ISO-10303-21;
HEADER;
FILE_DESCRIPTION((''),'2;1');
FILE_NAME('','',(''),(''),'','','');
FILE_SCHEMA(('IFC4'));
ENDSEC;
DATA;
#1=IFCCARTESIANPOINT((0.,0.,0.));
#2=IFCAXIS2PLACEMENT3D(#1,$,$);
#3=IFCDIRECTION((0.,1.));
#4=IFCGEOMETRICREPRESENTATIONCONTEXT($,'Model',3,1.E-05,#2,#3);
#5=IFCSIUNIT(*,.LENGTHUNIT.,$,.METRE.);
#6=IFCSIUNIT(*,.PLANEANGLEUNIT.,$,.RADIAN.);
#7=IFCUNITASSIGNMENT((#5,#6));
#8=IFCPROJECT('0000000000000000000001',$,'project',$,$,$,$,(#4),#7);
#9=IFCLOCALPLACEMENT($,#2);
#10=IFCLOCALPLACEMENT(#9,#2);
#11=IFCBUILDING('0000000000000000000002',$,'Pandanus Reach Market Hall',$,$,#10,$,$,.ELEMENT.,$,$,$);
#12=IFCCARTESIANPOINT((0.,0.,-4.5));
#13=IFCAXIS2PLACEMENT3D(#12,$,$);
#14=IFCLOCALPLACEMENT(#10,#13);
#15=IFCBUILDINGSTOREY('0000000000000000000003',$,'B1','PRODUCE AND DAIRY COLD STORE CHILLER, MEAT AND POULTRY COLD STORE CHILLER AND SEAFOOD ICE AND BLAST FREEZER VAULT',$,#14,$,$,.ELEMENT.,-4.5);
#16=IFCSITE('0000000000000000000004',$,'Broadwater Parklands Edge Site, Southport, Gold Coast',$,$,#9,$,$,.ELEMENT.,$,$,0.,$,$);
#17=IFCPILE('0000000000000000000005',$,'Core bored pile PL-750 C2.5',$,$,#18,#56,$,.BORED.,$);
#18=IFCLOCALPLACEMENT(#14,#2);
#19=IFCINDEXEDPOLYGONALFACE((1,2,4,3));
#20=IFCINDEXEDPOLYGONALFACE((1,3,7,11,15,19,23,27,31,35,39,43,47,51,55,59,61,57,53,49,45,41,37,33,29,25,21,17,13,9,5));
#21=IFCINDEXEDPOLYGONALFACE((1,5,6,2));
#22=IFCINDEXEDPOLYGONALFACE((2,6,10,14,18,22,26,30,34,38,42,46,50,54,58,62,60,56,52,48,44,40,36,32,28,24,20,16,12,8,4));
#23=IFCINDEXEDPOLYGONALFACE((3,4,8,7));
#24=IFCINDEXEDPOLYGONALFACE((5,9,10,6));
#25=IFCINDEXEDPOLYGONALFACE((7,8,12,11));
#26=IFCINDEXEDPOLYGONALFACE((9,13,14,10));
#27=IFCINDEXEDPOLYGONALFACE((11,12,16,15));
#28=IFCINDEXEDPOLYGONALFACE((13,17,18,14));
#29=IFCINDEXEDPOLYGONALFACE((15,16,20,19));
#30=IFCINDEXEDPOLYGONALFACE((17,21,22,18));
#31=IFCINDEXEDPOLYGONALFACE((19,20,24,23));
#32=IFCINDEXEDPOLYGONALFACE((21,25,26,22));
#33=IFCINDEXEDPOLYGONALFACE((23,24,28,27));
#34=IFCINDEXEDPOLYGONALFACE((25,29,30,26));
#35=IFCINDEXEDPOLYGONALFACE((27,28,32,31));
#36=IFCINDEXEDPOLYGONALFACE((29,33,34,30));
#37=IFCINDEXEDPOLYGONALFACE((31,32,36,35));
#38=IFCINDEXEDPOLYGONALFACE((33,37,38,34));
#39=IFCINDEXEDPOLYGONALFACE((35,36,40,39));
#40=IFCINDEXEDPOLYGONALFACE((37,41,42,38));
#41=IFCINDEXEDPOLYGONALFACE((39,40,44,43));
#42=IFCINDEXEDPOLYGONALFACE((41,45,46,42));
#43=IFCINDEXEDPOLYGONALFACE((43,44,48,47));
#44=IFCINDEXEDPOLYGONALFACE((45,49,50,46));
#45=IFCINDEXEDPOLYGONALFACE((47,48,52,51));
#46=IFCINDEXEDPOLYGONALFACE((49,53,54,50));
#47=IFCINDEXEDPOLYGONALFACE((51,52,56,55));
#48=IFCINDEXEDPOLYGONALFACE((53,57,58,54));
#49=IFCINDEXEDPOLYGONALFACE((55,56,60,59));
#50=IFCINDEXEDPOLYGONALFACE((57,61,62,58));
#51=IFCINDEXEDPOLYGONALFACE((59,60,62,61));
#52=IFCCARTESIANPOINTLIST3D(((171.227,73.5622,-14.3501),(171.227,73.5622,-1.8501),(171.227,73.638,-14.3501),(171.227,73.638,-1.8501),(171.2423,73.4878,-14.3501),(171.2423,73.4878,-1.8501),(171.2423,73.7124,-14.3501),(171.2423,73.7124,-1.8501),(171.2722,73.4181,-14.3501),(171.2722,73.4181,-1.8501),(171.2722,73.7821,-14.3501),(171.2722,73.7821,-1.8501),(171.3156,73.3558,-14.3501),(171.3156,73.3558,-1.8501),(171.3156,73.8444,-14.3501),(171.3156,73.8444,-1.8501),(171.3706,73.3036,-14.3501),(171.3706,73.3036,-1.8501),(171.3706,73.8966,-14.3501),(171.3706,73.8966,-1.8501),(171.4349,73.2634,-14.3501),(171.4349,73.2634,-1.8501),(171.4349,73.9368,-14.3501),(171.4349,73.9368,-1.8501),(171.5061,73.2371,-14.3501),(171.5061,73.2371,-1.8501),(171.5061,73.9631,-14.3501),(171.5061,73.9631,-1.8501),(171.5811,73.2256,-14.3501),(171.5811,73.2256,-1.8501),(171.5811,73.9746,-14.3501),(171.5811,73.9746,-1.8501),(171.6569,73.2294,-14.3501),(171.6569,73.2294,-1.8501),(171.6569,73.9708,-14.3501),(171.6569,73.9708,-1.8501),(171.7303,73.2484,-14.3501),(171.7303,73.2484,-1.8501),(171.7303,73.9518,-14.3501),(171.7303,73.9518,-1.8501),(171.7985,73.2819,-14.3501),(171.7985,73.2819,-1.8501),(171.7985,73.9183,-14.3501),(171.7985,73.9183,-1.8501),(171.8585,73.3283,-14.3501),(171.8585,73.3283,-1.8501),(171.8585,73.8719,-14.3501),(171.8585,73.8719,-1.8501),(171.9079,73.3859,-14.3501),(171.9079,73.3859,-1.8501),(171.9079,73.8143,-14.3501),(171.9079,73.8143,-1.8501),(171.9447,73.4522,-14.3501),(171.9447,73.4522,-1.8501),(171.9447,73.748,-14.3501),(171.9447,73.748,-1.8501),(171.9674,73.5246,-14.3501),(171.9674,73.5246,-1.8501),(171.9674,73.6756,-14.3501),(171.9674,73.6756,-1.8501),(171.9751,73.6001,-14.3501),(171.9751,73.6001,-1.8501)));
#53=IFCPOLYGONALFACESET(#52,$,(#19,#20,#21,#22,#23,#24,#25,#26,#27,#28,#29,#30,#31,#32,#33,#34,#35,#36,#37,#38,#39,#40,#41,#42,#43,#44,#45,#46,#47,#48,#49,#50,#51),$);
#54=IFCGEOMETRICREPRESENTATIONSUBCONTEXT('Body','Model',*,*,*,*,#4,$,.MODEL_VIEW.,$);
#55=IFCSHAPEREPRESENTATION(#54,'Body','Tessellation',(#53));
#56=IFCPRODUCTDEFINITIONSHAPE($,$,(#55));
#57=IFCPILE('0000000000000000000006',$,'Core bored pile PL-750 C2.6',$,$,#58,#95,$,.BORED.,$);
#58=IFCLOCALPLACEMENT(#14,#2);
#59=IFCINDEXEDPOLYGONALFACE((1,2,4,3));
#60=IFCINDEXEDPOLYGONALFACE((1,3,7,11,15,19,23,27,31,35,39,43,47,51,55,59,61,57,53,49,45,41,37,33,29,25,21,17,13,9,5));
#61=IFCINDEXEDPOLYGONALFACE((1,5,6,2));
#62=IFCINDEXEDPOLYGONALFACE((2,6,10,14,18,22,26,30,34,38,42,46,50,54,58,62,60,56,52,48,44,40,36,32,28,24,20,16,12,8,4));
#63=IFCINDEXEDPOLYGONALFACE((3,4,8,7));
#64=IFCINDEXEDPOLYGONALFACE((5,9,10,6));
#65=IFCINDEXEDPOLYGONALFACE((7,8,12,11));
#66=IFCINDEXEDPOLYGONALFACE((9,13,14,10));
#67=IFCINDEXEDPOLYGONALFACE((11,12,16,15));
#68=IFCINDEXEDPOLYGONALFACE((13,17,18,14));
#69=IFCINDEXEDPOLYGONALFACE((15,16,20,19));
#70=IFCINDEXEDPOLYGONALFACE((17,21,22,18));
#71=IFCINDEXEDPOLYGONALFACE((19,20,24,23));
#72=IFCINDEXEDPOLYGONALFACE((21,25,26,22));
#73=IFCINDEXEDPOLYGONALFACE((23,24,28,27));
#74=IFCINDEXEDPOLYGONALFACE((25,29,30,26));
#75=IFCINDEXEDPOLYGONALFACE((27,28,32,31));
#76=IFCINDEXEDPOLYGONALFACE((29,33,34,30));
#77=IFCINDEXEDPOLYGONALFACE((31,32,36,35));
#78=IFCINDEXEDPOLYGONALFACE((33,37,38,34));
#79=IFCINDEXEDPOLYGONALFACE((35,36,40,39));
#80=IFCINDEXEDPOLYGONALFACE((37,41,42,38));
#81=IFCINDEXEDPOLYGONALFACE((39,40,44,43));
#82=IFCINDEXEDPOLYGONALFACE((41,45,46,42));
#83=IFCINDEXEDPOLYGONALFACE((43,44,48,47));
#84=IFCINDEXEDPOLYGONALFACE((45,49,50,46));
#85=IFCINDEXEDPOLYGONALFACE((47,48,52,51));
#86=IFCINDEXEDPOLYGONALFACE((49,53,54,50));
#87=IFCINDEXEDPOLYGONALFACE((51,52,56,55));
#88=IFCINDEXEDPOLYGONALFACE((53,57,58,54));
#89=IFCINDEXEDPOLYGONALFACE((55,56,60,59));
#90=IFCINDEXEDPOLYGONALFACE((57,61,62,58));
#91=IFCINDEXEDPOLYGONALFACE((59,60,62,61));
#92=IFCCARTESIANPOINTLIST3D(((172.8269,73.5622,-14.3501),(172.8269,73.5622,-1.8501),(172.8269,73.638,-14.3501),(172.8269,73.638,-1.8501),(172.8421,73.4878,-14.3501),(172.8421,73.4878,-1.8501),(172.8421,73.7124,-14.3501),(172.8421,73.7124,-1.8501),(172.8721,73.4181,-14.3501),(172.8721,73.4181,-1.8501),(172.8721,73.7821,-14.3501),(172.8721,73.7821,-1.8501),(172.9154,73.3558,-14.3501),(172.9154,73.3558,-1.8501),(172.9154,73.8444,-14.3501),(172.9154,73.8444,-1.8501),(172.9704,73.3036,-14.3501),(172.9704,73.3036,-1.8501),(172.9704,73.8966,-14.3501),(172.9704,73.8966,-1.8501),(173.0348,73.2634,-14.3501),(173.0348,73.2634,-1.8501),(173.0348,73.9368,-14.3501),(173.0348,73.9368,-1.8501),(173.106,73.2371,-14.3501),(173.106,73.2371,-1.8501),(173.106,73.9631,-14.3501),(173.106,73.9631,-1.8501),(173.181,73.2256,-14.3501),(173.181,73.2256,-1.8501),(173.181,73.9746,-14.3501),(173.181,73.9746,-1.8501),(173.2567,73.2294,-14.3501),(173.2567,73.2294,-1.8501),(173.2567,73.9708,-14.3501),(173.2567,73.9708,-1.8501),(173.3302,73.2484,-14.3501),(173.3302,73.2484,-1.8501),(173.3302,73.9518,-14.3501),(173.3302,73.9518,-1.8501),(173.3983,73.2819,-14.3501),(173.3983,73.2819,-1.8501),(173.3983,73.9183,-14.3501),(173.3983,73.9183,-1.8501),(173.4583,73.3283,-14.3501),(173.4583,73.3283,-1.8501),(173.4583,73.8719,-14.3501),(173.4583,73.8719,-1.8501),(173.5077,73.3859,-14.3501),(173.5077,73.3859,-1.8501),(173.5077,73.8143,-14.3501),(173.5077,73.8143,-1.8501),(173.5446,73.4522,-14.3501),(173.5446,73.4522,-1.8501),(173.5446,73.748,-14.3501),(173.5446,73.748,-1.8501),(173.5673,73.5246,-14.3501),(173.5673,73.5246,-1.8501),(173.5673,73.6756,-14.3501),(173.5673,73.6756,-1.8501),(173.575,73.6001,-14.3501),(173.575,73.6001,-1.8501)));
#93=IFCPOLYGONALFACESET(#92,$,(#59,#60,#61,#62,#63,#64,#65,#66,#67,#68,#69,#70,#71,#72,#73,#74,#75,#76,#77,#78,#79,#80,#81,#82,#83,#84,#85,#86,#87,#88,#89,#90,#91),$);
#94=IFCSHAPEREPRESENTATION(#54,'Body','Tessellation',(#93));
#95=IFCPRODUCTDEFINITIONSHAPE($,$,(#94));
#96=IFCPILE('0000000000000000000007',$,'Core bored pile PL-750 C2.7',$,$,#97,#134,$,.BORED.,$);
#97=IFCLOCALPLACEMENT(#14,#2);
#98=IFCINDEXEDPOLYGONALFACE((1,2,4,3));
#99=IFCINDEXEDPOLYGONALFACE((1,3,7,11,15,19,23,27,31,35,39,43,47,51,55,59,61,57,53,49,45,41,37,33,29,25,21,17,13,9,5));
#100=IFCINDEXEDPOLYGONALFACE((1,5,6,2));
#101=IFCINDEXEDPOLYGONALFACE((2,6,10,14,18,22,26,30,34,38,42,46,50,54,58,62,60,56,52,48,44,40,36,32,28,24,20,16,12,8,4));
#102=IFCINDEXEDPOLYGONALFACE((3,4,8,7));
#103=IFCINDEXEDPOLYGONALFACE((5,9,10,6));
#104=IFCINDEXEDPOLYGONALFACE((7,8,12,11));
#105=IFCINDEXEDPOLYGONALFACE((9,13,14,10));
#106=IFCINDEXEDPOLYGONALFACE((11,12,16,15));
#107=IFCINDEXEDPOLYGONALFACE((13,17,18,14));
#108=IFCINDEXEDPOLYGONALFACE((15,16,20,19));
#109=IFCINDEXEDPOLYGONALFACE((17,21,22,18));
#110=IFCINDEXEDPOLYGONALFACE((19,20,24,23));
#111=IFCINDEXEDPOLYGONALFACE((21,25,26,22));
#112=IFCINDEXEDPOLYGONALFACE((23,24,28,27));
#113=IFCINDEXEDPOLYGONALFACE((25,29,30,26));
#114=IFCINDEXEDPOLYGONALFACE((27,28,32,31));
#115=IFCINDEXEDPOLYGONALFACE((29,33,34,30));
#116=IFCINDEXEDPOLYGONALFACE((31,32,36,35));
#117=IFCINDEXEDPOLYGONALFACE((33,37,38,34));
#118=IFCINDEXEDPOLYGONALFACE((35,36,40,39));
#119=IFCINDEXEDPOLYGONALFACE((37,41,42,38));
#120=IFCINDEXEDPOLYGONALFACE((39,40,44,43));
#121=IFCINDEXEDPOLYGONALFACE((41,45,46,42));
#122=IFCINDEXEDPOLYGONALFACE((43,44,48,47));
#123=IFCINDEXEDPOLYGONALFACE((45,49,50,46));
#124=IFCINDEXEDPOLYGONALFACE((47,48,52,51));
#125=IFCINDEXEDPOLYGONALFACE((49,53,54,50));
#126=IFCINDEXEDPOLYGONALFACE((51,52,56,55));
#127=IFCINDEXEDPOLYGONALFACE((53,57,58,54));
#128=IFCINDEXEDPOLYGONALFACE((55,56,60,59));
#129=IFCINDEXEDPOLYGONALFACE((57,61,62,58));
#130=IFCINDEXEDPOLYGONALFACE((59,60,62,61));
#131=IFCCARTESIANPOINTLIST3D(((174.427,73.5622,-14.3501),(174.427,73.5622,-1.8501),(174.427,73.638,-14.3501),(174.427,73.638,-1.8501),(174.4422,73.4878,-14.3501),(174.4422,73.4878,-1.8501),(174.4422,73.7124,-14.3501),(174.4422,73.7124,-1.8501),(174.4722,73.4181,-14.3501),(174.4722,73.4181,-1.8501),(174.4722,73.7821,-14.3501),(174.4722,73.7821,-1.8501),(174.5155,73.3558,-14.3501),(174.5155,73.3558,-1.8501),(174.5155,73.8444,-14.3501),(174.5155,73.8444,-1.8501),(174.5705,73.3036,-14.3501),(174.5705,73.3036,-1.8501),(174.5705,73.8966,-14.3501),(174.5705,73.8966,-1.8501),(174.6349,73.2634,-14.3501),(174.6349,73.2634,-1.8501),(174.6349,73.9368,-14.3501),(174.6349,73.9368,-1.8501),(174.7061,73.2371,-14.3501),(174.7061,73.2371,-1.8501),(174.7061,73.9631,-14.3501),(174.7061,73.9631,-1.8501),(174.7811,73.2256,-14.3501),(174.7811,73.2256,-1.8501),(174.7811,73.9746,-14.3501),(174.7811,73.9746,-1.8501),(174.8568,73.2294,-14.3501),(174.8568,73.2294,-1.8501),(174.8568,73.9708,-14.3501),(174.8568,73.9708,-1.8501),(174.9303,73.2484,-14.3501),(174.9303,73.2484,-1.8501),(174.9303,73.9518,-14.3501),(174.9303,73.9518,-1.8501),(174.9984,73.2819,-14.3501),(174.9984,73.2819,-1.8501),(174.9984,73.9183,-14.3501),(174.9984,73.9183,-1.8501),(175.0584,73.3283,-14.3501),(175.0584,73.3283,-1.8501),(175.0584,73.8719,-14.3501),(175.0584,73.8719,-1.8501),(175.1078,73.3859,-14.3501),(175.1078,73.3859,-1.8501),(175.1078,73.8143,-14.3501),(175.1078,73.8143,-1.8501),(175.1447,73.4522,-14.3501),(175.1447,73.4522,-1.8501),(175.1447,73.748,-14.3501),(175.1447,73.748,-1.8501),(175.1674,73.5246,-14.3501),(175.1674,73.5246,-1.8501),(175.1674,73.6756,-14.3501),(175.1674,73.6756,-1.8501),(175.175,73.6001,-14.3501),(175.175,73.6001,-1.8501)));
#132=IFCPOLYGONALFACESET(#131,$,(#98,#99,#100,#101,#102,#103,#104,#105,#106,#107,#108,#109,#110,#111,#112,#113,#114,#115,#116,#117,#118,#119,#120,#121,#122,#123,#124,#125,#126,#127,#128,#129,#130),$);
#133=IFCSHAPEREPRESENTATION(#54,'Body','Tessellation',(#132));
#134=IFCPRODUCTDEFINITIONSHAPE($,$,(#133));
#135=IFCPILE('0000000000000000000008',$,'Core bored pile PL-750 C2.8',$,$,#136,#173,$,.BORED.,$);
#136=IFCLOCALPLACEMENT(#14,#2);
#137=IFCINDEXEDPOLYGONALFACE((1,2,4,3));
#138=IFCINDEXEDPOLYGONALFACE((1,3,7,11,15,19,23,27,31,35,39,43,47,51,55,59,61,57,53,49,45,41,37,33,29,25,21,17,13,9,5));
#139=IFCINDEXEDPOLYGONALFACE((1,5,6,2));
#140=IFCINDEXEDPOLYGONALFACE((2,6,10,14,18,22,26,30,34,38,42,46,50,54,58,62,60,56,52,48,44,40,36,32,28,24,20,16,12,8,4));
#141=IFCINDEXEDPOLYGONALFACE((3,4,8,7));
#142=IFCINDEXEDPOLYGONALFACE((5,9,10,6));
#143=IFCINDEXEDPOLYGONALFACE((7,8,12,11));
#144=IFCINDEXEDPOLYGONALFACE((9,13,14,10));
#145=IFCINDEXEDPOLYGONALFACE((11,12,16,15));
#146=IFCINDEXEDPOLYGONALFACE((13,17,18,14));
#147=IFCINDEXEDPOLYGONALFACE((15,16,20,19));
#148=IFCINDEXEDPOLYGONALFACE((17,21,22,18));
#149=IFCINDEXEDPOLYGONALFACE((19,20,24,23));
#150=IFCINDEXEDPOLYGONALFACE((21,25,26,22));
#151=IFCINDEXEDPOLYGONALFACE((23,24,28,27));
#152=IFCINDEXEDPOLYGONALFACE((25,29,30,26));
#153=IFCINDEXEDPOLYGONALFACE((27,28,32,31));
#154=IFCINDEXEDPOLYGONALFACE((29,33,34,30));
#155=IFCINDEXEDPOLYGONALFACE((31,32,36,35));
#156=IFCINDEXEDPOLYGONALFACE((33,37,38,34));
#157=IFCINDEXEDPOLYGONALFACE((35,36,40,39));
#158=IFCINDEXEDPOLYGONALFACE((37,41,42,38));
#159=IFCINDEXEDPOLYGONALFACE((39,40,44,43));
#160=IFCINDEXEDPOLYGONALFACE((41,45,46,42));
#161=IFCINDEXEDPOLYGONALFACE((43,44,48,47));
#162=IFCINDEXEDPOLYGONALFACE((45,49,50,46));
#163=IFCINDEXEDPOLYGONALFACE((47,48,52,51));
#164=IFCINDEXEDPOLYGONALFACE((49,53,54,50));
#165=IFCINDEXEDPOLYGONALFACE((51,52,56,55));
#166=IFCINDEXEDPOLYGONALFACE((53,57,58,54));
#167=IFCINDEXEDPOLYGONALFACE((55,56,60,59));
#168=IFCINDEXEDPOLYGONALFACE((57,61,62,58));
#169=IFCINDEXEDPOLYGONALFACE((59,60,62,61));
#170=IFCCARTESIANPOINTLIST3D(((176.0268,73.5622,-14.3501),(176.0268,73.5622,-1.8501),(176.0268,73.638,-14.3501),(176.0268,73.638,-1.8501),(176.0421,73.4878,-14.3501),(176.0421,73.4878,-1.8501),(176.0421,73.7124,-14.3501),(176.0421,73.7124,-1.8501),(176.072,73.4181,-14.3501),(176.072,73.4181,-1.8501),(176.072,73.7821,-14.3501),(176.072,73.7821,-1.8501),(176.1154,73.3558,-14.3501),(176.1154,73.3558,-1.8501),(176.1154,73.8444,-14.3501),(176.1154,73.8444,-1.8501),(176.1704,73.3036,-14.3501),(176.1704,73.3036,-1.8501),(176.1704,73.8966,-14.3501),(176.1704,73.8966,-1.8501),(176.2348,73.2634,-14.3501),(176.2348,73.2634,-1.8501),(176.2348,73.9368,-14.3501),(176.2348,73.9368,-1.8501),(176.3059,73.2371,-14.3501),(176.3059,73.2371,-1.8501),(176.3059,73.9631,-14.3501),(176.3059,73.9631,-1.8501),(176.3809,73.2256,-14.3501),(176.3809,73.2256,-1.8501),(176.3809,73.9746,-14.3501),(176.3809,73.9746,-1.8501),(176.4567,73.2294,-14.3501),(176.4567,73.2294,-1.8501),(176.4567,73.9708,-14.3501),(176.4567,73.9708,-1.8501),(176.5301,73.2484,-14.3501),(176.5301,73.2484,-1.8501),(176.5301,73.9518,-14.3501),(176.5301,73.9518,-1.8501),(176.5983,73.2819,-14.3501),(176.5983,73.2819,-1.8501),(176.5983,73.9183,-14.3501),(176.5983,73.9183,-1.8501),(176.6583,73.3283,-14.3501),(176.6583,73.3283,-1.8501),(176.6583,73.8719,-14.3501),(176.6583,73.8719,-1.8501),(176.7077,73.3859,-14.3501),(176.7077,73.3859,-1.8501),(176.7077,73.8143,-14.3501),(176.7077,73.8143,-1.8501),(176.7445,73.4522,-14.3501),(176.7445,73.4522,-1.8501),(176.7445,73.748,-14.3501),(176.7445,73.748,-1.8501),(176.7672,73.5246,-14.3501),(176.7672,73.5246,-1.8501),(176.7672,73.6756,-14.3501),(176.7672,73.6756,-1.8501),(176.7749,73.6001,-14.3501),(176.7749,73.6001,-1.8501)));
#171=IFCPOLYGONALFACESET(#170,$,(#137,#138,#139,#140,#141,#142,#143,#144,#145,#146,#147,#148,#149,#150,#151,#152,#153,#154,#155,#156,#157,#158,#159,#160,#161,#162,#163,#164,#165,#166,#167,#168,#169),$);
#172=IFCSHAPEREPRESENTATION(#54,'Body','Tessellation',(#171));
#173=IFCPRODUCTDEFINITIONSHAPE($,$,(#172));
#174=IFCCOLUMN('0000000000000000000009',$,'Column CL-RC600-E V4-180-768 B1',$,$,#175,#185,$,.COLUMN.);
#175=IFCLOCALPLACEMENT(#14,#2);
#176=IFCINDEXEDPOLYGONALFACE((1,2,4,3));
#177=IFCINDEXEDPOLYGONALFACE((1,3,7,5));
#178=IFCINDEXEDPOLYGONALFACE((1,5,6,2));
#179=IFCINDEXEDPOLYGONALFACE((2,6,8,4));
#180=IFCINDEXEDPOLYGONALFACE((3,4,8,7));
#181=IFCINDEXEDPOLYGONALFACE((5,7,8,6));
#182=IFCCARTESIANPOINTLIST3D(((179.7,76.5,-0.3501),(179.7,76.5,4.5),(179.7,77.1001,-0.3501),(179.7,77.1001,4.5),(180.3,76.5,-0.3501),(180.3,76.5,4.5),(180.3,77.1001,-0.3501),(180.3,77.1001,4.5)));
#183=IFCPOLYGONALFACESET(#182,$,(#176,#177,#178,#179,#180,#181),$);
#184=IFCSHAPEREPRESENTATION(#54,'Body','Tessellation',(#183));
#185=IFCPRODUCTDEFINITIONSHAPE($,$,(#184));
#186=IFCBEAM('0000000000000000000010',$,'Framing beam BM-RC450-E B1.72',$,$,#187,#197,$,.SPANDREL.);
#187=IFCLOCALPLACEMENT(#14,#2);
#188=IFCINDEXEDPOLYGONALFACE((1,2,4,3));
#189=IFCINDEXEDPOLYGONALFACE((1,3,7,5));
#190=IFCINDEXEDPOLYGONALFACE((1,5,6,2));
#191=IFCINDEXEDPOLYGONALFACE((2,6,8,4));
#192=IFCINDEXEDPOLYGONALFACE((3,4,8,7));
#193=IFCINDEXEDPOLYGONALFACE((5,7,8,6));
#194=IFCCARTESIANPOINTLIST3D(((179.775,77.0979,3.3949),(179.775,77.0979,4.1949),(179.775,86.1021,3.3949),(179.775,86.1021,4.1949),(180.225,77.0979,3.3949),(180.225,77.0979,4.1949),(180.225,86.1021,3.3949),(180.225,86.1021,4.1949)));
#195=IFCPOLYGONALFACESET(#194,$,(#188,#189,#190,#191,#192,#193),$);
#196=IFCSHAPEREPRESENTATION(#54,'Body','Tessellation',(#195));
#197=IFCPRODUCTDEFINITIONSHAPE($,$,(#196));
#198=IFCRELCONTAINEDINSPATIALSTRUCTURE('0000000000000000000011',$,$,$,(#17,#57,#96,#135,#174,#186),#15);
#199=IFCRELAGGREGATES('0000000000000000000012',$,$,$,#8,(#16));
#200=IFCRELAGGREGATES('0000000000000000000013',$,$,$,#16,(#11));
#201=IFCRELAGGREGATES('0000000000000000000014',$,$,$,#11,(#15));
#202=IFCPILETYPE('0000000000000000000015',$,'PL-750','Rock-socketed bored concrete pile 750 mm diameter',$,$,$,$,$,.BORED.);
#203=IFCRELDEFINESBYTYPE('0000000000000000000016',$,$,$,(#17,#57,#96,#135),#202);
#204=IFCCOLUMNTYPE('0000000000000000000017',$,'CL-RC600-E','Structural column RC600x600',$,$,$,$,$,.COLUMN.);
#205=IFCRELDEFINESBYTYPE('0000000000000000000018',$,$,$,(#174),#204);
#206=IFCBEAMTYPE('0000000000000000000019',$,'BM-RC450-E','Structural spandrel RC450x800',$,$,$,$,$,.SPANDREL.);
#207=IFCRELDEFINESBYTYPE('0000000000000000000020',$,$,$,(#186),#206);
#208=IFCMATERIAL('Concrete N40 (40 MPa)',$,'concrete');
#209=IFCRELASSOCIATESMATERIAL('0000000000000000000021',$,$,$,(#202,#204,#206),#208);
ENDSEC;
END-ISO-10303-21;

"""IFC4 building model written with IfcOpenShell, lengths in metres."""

from ifc_helpers import new_model, si_unit, direction, frame, origin, origin_2d, place, context, subcontext, project, spatial, rectangle, circle, extrude, material, material_profile, profile_set, type_object, element, save


model = new_model("IFC4")

# Units and contexts
model_context = context("Model", 3, precision=1e-05, world=origin(), true_north=direction((0.0, 1.0)))
body_context = subcontext(model_context, "Body", "Model", "MODEL_VIEW")
ifc_project = project(units=[si_unit("LENGTHUNIT", "METRE"), si_unit("PLANEANGLEUNIT", "RADIAN")], contexts=[model_context])

# Site, building, storey
site_placement = place(None, origin())
site = spatial("IfcSite", under=ifc_project, at=site_placement, Name="Broadwater Parklands Edge Site, Southport, Gold Coast", CompositionType="ELEMENT", RefElevation=0.0)
building_placement = place(site_placement, origin())
building = spatial("IfcBuilding", under=site, at=building_placement, Name="Pandanus Reach Market Hall", CompositionType="ELEMENT")
storey_placement = place(building_placement, frame((0.0, 0.0, -4.5)))
storey = spatial("IfcBuildingStorey", under=building, at=storey_placement, Name="B1", Description="PRODUCE AND DAIRY COLD STORE CHILLER, MEAT AND POULTRY COLD STORE CHILLER AND SEAFOOD ICE AND BLAST FREEZER VAULT", CompositionType="ELEMENT", Elevation=-4.5)

# Shared definitions
ifc_material_1 = material(Name="Concrete N40 (40 MPa)", Category="concrete")

# Piles
ifc_material_profile_1 = material_profile(ifc_material_1, circle(Radius=0.375, at=origin_2d()), Name="PILE-750D", Category="LoadBearing")
ifc_profile_set_1 = profile_set([ifc_material_profile_1], Name="Concrete N40 (40 MPa)")
pile_type_1 = type_object("IfcPileType", Name="PL-750", Description="Rock-socketed bored concrete pile 750 mm diameter", PredefinedType="BORED", material=ifc_profile_set_1)
for number, where, z_axis, x_axis, name in (
    (1, (171.6001, 73.6001, -1.8501), (0.0, 0.0, -1.0), (1.0, 0.0, 0.0), "Core bored pile PL-750 C2.5"),
    (2, (173.2, 73.6001, -1.8501), (0.0, 0.0, -1.0), (1.0, 0.0, 0.0), "Core bored pile PL-750 C2.6"),
    (3, (174.8, 73.6001, -1.8501), (0.0, 0.0, -1.0), (1.0, 0.0, 0.0), "Core bored pile PL-750 C2.7"),
    (4, (176.3999, 73.6001, -1.8501), (0.0, 0.0, -1.0), (1.0, 0.0, 0.0), "Core bored pile PL-750 C2.8"),
):
    element("IfcPile", number, at=place(storey_placement, frame(where, z_axis=z_axis, x_axis=x_axis)), inside=storey, type_object=pile_type_1, Name=name, PredefinedType="BORED", context=body_context, shape_type="SweptSolid", body=[
        extrude(circle(Radius=0.375, at=origin_2d()), origin(), (0.0, 0.0, 1.0), 12.5),
    ])

# Column
ifc_material_profile_2 = material_profile(ifc_material_1, rectangle(XDim=0.6001, YDim=0.6001, at=origin_2d()), Name="RC600x600", Category="LoadBearing")
ifc_profile_set_2 = profile_set([ifc_material_profile_2], Name="Concrete N40 (40 MPa)")
column_type = type_object("IfcColumnType", Name="CL-RC600-E", Description="Structural column RC600x600", PredefinedType="COLUMN", material=ifc_profile_set_2)
column_placement = place(storey_placement, frame((180.0, 76.8, -0.3501), z_axis=(0.0, 0.0, 1.0), x_axis=(1.0, 0.0, 0.0)))
element("IfcColumn", 5, at=column_placement, inside=storey, type_object=column_type, Name="Column CL-RC600-E V4-180-768 B1", PredefinedType="COLUMN", context=body_context, shape_type="SweptSolid", body=[
    extrude(rectangle(XDim=0.6001, YDim=0.6001, at=origin_2d()), origin(), (0.0, 0.0, 1.0), 4.8501),
])

# Beam
ifc_material_profile_3 = material_profile(ifc_material_1, rectangle(XDim=0.45, YDim=0.8, at=origin_2d()), Name="RC450x800", Category="LoadBearing")
ifc_profile_set_3 = profile_set([ifc_material_profile_3], Name="Concrete N40 (40 MPa)")
beam_type_1 = type_object("IfcBeamType", Name="BM-RC450-E", Description="Structural spandrel RC450x800", PredefinedType="SPANDREL", material=ifc_profile_set_3)
beam_placement = place(storey_placement, frame((180.0, 77.0979, 3.7949), z_axis=(0.0, 1.0, 0.0), x_axis=(-1.0, 0.0, 0.0)))
element("IfcBeam", 6, at=beam_placement, inside=storey, type_object=beam_type_1, Name="Framing beam BM-RC450-E B1.72", PredefinedType="SPANDREL", context=body_context, shape_type="SweptSolid", body=[
    extrude(rectangle(XDim=0.45, YDim=0.8, at=origin_2d()), origin(), (0.0, 0.0, 1.0), 9.0042),
])

save(model, "model.ifc")
